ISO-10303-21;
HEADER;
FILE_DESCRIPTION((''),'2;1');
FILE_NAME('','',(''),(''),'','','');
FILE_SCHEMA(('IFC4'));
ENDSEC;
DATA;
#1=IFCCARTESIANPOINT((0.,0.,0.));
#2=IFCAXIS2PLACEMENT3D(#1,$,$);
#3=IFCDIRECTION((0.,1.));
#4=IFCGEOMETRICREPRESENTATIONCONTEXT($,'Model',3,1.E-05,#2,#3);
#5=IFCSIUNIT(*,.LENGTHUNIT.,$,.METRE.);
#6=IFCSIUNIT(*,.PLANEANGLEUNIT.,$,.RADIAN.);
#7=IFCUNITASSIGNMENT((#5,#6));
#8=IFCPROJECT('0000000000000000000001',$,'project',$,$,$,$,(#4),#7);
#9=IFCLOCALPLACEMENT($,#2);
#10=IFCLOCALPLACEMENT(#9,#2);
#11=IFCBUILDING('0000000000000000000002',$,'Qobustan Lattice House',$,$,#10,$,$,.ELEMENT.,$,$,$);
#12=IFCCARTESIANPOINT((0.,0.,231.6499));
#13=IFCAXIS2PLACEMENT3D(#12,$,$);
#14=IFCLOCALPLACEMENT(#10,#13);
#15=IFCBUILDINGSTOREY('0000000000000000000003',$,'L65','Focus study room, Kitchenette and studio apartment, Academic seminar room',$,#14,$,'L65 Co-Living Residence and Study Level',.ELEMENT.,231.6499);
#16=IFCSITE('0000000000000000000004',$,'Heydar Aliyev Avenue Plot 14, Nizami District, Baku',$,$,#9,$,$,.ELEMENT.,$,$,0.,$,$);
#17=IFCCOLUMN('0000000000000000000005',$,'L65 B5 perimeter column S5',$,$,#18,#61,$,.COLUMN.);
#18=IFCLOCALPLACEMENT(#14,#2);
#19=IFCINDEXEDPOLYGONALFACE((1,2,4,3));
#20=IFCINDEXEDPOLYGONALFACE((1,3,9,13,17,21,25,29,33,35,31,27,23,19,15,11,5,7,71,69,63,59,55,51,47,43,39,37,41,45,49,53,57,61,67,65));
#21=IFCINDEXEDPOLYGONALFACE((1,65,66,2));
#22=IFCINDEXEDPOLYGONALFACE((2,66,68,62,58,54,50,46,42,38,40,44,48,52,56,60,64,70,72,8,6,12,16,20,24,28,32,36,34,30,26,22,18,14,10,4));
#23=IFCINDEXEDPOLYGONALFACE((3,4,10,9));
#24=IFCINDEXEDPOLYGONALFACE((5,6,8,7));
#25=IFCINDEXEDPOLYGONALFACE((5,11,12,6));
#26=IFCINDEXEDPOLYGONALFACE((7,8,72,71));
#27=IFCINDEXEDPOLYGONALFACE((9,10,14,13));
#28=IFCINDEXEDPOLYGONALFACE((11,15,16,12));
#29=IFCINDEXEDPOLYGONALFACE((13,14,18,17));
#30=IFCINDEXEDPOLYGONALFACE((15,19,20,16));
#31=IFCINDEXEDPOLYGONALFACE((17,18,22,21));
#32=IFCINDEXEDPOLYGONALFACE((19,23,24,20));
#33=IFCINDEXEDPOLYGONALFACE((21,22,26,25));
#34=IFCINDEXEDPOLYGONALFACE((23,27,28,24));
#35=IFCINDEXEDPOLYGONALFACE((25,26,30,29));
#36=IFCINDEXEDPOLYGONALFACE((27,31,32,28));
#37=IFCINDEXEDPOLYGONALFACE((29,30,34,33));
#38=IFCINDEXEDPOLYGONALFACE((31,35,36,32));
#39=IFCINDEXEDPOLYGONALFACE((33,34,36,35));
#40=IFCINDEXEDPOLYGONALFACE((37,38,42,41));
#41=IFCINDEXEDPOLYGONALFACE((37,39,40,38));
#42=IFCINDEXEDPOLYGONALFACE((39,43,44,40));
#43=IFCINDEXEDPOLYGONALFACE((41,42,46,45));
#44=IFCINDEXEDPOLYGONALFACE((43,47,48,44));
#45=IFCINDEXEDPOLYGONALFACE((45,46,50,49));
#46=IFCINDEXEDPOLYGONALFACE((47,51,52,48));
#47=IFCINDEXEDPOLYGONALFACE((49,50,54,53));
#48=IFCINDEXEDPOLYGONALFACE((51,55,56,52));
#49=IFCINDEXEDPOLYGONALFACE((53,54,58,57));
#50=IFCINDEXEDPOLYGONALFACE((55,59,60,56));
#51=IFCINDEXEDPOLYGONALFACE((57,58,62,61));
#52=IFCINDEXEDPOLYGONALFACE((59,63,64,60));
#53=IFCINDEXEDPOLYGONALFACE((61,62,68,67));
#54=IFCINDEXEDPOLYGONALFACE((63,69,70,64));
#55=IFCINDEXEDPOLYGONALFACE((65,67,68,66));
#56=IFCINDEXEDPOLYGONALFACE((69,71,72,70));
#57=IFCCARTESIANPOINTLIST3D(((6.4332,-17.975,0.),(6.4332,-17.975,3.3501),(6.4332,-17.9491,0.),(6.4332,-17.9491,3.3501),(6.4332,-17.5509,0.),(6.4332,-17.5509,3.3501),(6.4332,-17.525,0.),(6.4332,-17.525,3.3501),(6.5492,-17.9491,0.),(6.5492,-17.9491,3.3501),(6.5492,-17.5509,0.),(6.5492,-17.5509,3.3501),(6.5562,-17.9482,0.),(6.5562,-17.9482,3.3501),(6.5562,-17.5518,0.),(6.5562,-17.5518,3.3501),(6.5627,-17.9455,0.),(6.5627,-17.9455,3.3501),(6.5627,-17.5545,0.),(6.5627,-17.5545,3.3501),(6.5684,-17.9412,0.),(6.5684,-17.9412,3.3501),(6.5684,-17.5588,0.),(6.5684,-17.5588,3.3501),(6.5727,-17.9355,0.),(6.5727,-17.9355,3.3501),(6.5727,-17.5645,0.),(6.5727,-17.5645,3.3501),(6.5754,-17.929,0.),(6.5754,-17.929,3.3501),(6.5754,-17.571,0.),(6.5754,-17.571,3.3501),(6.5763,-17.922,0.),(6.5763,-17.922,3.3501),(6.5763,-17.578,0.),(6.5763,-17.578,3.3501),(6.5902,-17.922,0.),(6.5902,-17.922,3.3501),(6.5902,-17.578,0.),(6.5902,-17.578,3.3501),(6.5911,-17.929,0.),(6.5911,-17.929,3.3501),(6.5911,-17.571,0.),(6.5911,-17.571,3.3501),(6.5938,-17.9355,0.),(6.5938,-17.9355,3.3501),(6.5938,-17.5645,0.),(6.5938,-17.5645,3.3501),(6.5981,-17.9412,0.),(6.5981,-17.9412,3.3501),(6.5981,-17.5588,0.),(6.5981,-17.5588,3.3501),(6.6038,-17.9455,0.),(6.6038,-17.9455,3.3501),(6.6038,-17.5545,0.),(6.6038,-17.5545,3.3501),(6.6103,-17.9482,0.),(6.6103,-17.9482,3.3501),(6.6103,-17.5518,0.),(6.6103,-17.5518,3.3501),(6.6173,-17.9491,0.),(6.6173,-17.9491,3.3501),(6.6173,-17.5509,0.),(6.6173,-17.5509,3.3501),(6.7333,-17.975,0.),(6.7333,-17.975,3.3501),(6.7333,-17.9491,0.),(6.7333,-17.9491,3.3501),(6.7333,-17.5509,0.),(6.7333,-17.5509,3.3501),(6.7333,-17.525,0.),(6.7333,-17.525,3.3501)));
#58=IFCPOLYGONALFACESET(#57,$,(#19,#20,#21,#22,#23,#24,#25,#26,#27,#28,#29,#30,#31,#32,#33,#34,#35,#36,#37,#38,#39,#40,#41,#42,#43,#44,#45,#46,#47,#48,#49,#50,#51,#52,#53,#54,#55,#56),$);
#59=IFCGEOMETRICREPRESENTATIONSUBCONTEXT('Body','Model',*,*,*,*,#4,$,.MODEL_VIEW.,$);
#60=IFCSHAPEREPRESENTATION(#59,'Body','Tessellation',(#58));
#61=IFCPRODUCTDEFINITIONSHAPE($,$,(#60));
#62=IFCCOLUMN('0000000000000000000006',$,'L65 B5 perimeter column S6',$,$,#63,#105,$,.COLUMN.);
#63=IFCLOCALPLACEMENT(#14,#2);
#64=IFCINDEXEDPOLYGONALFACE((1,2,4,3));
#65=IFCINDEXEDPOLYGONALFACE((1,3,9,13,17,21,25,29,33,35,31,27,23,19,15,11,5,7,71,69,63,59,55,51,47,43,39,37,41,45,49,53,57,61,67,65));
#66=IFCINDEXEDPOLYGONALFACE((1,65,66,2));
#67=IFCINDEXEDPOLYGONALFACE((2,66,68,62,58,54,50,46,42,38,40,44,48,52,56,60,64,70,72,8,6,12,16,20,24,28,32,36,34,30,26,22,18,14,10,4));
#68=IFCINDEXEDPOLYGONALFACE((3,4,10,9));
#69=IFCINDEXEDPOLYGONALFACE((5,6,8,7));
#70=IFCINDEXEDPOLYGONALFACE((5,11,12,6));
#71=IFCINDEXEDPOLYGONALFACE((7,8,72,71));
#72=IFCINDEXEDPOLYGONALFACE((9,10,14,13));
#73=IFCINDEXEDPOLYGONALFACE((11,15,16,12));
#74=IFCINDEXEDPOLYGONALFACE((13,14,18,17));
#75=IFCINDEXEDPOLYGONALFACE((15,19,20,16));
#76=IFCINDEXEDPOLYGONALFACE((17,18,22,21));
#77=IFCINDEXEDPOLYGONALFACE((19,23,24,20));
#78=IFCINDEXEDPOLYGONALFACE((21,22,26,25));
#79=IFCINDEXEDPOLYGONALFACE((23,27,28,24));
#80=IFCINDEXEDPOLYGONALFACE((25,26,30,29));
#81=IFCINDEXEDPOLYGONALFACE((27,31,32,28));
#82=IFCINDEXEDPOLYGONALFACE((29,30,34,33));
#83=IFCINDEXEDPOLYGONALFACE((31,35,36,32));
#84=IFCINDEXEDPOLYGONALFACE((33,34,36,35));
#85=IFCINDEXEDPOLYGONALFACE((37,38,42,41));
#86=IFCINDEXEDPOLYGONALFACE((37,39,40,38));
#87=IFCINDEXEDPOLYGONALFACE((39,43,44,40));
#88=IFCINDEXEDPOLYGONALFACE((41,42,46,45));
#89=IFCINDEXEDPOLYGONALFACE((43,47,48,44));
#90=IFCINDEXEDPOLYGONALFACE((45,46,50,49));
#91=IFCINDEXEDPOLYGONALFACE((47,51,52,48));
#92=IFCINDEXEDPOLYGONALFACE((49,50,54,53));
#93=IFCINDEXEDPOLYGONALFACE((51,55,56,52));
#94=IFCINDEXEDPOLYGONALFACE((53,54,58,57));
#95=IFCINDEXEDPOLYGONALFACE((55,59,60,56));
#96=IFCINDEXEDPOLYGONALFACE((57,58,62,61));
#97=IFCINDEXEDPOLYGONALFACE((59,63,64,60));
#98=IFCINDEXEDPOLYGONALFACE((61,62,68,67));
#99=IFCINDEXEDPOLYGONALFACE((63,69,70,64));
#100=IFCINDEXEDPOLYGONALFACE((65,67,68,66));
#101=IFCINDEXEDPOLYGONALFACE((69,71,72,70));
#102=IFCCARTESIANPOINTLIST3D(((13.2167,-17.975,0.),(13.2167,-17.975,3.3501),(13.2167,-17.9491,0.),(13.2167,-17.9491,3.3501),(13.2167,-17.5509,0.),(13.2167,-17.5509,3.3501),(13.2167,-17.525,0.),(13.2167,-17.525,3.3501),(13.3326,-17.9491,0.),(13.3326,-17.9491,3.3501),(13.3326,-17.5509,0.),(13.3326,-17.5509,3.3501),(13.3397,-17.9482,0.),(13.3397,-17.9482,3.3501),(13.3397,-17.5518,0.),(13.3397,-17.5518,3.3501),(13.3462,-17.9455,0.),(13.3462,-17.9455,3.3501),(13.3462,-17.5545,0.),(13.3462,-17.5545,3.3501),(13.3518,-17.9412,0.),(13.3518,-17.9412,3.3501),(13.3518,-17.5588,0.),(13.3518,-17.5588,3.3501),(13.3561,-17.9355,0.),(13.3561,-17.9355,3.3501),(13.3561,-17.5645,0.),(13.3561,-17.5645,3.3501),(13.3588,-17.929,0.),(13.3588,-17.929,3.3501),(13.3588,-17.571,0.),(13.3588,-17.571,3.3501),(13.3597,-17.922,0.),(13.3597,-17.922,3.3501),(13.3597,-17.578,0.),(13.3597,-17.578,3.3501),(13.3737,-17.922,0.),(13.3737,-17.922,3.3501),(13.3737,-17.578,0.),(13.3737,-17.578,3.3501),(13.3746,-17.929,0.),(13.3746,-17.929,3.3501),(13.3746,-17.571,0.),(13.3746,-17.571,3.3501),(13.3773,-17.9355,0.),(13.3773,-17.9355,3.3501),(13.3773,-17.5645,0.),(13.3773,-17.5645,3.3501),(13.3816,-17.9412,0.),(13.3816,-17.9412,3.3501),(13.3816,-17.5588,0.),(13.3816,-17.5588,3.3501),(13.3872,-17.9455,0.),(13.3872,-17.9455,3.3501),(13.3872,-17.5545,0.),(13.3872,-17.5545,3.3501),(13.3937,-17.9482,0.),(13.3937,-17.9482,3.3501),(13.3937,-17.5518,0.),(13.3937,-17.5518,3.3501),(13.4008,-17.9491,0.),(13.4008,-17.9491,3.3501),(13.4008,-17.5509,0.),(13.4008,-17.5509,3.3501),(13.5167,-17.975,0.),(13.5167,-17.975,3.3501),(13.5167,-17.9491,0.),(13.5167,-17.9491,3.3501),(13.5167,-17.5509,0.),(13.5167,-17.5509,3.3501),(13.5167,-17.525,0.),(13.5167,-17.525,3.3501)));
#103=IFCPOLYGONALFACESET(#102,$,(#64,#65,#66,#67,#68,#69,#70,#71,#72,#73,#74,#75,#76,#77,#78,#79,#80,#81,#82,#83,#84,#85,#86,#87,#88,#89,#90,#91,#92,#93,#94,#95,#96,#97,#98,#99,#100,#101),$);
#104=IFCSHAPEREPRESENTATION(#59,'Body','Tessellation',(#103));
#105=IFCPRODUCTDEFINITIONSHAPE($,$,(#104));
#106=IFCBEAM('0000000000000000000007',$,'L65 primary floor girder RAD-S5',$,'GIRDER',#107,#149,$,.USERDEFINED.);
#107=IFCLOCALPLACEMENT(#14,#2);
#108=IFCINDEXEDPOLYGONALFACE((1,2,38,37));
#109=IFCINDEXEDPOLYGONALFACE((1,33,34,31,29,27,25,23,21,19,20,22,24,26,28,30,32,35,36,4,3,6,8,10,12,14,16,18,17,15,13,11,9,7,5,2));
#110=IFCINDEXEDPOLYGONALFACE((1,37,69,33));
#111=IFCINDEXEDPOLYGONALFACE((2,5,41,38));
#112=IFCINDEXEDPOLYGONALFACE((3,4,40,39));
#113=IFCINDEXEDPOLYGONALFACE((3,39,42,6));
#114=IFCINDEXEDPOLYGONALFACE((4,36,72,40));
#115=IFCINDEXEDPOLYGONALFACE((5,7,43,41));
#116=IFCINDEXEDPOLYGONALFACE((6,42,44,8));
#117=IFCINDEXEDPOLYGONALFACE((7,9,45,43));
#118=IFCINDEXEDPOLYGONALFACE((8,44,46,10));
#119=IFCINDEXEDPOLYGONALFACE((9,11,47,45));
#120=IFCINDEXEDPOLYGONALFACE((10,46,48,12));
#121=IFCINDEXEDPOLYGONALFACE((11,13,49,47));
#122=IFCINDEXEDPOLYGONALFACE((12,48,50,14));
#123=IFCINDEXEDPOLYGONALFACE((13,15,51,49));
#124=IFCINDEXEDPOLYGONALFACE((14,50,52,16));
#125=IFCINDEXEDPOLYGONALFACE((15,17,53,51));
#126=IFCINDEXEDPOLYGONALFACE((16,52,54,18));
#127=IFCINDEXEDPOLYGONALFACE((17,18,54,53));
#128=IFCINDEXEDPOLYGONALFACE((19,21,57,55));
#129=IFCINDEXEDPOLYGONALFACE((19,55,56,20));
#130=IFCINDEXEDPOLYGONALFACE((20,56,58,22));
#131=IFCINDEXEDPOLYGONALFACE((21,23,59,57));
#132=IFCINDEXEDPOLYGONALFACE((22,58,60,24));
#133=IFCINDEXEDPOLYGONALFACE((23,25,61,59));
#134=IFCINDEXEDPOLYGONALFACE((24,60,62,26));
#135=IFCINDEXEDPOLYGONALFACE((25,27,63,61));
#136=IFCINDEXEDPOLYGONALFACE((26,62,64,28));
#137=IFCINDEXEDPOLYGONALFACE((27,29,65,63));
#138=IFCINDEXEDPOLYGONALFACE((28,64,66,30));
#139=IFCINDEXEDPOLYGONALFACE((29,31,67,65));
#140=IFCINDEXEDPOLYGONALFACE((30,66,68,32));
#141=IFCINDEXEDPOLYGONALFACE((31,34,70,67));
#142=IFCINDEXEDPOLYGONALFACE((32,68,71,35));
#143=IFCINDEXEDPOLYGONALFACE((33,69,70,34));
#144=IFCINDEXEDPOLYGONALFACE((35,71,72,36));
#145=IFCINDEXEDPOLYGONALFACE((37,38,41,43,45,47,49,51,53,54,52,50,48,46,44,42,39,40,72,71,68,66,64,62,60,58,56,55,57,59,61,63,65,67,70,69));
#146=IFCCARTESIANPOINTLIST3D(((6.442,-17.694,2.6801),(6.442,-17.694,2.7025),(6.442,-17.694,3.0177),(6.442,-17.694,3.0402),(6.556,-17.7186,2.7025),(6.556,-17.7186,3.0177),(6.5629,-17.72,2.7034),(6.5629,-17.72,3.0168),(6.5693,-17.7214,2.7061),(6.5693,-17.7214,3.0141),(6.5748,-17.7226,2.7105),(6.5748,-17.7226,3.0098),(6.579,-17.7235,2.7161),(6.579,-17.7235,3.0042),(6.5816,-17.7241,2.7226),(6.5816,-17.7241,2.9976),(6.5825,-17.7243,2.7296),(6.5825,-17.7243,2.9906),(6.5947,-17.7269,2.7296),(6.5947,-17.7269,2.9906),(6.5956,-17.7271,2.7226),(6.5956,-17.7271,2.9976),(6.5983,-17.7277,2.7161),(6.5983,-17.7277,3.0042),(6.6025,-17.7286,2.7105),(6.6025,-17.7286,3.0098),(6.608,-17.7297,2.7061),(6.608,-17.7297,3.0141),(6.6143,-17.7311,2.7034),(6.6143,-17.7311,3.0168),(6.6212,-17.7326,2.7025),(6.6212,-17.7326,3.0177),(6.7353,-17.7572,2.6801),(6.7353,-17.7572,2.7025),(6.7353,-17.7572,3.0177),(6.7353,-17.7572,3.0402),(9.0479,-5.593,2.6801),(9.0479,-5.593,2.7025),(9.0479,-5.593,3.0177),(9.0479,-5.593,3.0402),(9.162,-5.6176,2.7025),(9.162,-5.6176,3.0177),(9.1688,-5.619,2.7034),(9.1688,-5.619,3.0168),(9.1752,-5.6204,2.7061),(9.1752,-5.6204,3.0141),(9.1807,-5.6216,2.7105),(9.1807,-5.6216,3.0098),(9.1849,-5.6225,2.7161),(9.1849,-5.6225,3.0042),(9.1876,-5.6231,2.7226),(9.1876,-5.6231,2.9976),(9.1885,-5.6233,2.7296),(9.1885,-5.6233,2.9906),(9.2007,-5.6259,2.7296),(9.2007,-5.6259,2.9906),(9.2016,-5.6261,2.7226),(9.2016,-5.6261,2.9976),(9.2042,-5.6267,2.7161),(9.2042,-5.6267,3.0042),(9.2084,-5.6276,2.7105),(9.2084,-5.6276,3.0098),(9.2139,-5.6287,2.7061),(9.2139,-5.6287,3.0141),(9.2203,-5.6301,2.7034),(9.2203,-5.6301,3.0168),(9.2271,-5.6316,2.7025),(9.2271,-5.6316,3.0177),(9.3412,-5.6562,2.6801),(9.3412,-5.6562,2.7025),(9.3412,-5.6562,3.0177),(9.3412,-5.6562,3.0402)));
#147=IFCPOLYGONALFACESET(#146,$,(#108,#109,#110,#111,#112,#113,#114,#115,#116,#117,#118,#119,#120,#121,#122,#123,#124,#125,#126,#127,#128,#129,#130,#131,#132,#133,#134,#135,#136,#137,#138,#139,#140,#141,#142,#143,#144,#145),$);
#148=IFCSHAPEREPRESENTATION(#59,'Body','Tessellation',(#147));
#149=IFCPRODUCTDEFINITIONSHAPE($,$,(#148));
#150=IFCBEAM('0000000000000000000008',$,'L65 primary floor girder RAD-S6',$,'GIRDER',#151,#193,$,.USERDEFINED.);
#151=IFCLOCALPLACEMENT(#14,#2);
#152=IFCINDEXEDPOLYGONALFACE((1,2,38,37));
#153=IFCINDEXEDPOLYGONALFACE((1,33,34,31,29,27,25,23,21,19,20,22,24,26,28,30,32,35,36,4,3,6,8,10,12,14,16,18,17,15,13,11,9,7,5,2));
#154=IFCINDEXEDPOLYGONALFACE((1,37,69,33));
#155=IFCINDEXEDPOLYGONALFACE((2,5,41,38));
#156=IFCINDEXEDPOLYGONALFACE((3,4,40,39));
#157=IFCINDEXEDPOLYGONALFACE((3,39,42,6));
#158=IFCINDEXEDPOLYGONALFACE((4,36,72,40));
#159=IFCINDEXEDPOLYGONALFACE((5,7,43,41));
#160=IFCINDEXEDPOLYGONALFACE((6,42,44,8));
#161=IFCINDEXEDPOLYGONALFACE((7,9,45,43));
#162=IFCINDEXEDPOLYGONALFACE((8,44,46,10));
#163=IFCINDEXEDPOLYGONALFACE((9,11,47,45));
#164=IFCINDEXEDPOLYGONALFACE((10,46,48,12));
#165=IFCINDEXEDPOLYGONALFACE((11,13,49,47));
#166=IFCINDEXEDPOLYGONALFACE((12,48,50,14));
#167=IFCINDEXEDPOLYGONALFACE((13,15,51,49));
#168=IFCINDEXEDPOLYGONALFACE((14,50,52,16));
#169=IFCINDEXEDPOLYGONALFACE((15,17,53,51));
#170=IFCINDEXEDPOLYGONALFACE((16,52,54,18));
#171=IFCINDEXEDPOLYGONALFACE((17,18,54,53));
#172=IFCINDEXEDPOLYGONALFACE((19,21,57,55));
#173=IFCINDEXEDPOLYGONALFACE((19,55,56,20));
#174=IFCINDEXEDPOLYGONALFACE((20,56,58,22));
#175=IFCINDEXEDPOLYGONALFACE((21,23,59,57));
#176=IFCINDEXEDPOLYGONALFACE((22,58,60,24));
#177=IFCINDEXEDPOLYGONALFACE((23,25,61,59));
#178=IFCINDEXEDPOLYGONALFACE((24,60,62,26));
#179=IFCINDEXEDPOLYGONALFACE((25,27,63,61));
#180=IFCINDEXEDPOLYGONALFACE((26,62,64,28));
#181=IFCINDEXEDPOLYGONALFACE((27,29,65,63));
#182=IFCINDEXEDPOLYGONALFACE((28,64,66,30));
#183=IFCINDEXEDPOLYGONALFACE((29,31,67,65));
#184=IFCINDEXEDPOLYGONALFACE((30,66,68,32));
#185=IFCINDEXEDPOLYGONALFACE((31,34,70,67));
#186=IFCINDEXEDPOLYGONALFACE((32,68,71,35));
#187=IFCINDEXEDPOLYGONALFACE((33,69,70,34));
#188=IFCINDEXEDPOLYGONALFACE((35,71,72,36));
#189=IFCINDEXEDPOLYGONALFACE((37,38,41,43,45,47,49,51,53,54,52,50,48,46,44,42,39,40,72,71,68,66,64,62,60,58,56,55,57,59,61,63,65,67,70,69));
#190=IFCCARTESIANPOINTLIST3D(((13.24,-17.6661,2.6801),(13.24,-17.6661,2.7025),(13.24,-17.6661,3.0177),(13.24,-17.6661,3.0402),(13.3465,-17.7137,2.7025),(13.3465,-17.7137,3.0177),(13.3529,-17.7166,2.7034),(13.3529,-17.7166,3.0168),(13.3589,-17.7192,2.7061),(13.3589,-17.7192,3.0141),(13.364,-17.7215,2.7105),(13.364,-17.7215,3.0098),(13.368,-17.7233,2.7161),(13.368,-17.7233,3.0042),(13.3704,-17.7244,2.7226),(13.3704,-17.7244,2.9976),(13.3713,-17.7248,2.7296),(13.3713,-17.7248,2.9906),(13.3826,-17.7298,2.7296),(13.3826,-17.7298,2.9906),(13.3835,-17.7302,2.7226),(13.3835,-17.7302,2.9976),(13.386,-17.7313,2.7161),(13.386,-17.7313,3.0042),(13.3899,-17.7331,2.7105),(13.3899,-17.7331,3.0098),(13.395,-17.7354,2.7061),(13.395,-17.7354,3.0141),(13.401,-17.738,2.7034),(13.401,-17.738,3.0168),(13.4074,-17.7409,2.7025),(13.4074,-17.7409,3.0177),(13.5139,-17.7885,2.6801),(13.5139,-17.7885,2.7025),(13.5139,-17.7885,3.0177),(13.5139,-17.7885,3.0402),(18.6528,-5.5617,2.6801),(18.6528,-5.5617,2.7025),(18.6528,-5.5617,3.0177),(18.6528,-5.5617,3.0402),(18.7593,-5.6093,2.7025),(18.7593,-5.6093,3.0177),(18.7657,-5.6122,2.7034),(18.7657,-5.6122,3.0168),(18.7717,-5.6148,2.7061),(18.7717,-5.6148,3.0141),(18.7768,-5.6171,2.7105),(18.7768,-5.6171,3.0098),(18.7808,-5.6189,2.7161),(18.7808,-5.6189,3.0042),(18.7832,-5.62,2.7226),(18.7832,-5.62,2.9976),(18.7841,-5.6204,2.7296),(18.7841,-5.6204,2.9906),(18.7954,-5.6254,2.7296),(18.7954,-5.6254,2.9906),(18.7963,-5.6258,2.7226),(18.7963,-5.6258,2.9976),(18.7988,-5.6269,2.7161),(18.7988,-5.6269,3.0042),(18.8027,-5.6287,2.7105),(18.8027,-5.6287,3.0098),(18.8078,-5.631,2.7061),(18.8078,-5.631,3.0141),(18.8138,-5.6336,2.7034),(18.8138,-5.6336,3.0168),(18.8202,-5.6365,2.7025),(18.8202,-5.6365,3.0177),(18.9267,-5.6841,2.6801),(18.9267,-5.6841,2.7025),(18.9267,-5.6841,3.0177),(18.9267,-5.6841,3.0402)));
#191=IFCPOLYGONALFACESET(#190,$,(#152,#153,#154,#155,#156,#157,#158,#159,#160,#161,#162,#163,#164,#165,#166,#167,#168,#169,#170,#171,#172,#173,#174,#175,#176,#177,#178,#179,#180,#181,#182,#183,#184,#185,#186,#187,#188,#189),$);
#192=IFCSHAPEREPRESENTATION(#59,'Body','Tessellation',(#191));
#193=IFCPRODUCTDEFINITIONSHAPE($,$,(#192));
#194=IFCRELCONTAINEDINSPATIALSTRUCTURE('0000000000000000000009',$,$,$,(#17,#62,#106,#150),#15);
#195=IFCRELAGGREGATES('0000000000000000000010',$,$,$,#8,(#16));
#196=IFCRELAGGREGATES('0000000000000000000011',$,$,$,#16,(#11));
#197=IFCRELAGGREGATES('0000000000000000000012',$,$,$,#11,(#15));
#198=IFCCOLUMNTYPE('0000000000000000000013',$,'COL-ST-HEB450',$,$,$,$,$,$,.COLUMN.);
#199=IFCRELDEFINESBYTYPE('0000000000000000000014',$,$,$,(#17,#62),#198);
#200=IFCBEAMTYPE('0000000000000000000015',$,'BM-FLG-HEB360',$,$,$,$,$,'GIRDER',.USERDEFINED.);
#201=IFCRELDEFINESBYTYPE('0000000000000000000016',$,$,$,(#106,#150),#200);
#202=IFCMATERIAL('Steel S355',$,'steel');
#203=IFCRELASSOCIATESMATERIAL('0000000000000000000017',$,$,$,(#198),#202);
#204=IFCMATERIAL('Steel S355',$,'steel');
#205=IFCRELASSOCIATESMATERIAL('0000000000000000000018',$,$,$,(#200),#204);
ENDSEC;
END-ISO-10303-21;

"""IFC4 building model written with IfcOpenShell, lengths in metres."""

from ifc_helpers import new_model, si_unit, direction, frame, origin, origin_2d, place, context, subcontext, project, spatial, i_section, extrude, material, material_profile, profile_set, type_object, element, save


model = new_model("IFC4")

# Units and contexts
model_context = context("Model", 3, precision=1e-05, world=origin(), true_north=direction((0.0, 1.0)))
body_context = subcontext(model_context, "Body", "Model", "MODEL_VIEW")
ifc_project = project(units=[si_unit("LENGTHUNIT", "METRE"), si_unit("PLANEANGLEUNIT", "RADIAN")], contexts=[model_context])

# Site, building, storey
site_placement = place(None, origin())
site = spatial("IfcSite", under=ifc_project, at=site_placement, Name="Heydar Aliyev Avenue Plot 14, Nizami District, Baku", CompositionType="ELEMENT", RefElevation=0.0)
building_placement = place(site_placement, origin())
building = spatial("IfcBuilding", under=site, at=building_placement, Name="Qobustan Lattice House", CompositionType="ELEMENT")
storey_placement = place(building_placement, frame((0.0, 0.0, 231.6499)))
storey = spatial("IfcBuildingStorey", under=building, at=storey_placement, Name="L65", Description="Focus study room, Kitchenette and studio apartment, Academic seminar room", LongName="L65 Co-Living Residence and Study Level", CompositionType="ELEMENT", Elevation=231.6499)

# Columns
ifc_material_1 = material(Name="Steel S355", Category="steel")
ifc_material_profile_1 = material_profile(ifc_material_1, i_section(OverallWidth=0.3, OverallDepth=0.45, WebThickness=0.0139, FlangeThickness=0.0259, FilletRadius=0.0271, at=origin_2d()), Name="HEB450")
ifc_profile_set_1 = profile_set([ifc_material_profile_1], Name="Steel S355")
column_type = type_object("IfcColumnType", Name="COL-ST-HEB450", PredefinedType="COLUMN", material=ifc_profile_set_1)
for number, where, z_axis, x_axis, name in (
    (1, (6.5833, -17.75, 0.0), (0.0, 0.0, 1.0), (1.0, 0.0, 0.0), "L65 B5 perimeter column S5"),
    (2, (13.3667, -17.75, 0.0), (0.0, 0.0, 1.0), (1.0, 0.0, 0.0), "L65 B5 perimeter column S6"),
):
    element("IfcColumn", number, at=place(storey_placement, frame(where, z_axis=z_axis, x_axis=x_axis)), inside=storey, type_object=column_type, Name=name, PredefinedType="COLUMN", context=body_context, shape_type="SweptSolid", body=[
        extrude(i_section(OverallWidth=0.3, OverallDepth=0.45, WebThickness=0.0139, FlangeThickness=0.0259, FilletRadius=0.0271, at=origin_2d()), origin(), (0.0, 0.0, 1.0), 3.3501),
    ])

# Beams
ifc_material_2 = material(Name="Steel S355", Category="steel")
ifc_material_profile_2 = material_profile(ifc_material_2, i_section(OverallWidth=0.3, OverallDepth=0.3601, WebThickness=0.0125, FlangeThickness=0.0225, FilletRadius=0.0271, at=origin_2d()), Name="HEB360")
ifc_profile_set_2 = profile_set([ifc_material_profile_2], Name="Steel S355")
beam_type_1 = type_object("IfcBeamType", Name="BM-FLG-HEB360", ElementType="GIRDER", PredefinedType="USERDEFINED", material=ifc_profile_set_2)
beam_1_placement = place(storey_placement, frame((6.5886, -17.7256, 2.8601), z_axis=(0.210523, 0.977589, 0.0), x_axis=(-0.977589, 0.210523, 0.0)))
element("IfcBeam", 3, at=beam_1_placement, inside=storey, type_object=beam_type_1, Name="L65 primary floor girder RAD-S5", ObjectType="GIRDER", PredefinedType="USERDEFINED", context=body_context, shape_type="SweptSolid", body=[
    extrude(i_section(OverallWidth=0.3, OverallDepth=0.3601, WebThickness=0.0125, FlangeThickness=0.0225, FilletRadius=0.0271, at=origin_2d()), origin(), (0.0, 0.0, 1.0), 12.3784),
])
beam_2_placement = place(storey_placement, frame((13.377, -17.7273, 2.8601), z_axis=(0.40822, 0.912884, 0.0), x_axis=(-0.912884, 0.40822, 0.0)))
element("IfcBeam", 4, at=beam_2_placement, inside=storey, type_object=beam_type_1, Name="L65 primary floor girder RAD-S6", ObjectType="GIRDER", PredefinedType="USERDEFINED", context=body_context, shape_type="SweptSolid", body=[
    extrude(i_section(OverallWidth=0.3, OverallDepth=0.3601, WebThickness=0.0125, FlangeThickness=0.0225, FilletRadius=0.0271, at=origin_2d()), origin(), (0.0, 0.0, 1.0), 13.2595),
])

save(model, "model.ifc")
